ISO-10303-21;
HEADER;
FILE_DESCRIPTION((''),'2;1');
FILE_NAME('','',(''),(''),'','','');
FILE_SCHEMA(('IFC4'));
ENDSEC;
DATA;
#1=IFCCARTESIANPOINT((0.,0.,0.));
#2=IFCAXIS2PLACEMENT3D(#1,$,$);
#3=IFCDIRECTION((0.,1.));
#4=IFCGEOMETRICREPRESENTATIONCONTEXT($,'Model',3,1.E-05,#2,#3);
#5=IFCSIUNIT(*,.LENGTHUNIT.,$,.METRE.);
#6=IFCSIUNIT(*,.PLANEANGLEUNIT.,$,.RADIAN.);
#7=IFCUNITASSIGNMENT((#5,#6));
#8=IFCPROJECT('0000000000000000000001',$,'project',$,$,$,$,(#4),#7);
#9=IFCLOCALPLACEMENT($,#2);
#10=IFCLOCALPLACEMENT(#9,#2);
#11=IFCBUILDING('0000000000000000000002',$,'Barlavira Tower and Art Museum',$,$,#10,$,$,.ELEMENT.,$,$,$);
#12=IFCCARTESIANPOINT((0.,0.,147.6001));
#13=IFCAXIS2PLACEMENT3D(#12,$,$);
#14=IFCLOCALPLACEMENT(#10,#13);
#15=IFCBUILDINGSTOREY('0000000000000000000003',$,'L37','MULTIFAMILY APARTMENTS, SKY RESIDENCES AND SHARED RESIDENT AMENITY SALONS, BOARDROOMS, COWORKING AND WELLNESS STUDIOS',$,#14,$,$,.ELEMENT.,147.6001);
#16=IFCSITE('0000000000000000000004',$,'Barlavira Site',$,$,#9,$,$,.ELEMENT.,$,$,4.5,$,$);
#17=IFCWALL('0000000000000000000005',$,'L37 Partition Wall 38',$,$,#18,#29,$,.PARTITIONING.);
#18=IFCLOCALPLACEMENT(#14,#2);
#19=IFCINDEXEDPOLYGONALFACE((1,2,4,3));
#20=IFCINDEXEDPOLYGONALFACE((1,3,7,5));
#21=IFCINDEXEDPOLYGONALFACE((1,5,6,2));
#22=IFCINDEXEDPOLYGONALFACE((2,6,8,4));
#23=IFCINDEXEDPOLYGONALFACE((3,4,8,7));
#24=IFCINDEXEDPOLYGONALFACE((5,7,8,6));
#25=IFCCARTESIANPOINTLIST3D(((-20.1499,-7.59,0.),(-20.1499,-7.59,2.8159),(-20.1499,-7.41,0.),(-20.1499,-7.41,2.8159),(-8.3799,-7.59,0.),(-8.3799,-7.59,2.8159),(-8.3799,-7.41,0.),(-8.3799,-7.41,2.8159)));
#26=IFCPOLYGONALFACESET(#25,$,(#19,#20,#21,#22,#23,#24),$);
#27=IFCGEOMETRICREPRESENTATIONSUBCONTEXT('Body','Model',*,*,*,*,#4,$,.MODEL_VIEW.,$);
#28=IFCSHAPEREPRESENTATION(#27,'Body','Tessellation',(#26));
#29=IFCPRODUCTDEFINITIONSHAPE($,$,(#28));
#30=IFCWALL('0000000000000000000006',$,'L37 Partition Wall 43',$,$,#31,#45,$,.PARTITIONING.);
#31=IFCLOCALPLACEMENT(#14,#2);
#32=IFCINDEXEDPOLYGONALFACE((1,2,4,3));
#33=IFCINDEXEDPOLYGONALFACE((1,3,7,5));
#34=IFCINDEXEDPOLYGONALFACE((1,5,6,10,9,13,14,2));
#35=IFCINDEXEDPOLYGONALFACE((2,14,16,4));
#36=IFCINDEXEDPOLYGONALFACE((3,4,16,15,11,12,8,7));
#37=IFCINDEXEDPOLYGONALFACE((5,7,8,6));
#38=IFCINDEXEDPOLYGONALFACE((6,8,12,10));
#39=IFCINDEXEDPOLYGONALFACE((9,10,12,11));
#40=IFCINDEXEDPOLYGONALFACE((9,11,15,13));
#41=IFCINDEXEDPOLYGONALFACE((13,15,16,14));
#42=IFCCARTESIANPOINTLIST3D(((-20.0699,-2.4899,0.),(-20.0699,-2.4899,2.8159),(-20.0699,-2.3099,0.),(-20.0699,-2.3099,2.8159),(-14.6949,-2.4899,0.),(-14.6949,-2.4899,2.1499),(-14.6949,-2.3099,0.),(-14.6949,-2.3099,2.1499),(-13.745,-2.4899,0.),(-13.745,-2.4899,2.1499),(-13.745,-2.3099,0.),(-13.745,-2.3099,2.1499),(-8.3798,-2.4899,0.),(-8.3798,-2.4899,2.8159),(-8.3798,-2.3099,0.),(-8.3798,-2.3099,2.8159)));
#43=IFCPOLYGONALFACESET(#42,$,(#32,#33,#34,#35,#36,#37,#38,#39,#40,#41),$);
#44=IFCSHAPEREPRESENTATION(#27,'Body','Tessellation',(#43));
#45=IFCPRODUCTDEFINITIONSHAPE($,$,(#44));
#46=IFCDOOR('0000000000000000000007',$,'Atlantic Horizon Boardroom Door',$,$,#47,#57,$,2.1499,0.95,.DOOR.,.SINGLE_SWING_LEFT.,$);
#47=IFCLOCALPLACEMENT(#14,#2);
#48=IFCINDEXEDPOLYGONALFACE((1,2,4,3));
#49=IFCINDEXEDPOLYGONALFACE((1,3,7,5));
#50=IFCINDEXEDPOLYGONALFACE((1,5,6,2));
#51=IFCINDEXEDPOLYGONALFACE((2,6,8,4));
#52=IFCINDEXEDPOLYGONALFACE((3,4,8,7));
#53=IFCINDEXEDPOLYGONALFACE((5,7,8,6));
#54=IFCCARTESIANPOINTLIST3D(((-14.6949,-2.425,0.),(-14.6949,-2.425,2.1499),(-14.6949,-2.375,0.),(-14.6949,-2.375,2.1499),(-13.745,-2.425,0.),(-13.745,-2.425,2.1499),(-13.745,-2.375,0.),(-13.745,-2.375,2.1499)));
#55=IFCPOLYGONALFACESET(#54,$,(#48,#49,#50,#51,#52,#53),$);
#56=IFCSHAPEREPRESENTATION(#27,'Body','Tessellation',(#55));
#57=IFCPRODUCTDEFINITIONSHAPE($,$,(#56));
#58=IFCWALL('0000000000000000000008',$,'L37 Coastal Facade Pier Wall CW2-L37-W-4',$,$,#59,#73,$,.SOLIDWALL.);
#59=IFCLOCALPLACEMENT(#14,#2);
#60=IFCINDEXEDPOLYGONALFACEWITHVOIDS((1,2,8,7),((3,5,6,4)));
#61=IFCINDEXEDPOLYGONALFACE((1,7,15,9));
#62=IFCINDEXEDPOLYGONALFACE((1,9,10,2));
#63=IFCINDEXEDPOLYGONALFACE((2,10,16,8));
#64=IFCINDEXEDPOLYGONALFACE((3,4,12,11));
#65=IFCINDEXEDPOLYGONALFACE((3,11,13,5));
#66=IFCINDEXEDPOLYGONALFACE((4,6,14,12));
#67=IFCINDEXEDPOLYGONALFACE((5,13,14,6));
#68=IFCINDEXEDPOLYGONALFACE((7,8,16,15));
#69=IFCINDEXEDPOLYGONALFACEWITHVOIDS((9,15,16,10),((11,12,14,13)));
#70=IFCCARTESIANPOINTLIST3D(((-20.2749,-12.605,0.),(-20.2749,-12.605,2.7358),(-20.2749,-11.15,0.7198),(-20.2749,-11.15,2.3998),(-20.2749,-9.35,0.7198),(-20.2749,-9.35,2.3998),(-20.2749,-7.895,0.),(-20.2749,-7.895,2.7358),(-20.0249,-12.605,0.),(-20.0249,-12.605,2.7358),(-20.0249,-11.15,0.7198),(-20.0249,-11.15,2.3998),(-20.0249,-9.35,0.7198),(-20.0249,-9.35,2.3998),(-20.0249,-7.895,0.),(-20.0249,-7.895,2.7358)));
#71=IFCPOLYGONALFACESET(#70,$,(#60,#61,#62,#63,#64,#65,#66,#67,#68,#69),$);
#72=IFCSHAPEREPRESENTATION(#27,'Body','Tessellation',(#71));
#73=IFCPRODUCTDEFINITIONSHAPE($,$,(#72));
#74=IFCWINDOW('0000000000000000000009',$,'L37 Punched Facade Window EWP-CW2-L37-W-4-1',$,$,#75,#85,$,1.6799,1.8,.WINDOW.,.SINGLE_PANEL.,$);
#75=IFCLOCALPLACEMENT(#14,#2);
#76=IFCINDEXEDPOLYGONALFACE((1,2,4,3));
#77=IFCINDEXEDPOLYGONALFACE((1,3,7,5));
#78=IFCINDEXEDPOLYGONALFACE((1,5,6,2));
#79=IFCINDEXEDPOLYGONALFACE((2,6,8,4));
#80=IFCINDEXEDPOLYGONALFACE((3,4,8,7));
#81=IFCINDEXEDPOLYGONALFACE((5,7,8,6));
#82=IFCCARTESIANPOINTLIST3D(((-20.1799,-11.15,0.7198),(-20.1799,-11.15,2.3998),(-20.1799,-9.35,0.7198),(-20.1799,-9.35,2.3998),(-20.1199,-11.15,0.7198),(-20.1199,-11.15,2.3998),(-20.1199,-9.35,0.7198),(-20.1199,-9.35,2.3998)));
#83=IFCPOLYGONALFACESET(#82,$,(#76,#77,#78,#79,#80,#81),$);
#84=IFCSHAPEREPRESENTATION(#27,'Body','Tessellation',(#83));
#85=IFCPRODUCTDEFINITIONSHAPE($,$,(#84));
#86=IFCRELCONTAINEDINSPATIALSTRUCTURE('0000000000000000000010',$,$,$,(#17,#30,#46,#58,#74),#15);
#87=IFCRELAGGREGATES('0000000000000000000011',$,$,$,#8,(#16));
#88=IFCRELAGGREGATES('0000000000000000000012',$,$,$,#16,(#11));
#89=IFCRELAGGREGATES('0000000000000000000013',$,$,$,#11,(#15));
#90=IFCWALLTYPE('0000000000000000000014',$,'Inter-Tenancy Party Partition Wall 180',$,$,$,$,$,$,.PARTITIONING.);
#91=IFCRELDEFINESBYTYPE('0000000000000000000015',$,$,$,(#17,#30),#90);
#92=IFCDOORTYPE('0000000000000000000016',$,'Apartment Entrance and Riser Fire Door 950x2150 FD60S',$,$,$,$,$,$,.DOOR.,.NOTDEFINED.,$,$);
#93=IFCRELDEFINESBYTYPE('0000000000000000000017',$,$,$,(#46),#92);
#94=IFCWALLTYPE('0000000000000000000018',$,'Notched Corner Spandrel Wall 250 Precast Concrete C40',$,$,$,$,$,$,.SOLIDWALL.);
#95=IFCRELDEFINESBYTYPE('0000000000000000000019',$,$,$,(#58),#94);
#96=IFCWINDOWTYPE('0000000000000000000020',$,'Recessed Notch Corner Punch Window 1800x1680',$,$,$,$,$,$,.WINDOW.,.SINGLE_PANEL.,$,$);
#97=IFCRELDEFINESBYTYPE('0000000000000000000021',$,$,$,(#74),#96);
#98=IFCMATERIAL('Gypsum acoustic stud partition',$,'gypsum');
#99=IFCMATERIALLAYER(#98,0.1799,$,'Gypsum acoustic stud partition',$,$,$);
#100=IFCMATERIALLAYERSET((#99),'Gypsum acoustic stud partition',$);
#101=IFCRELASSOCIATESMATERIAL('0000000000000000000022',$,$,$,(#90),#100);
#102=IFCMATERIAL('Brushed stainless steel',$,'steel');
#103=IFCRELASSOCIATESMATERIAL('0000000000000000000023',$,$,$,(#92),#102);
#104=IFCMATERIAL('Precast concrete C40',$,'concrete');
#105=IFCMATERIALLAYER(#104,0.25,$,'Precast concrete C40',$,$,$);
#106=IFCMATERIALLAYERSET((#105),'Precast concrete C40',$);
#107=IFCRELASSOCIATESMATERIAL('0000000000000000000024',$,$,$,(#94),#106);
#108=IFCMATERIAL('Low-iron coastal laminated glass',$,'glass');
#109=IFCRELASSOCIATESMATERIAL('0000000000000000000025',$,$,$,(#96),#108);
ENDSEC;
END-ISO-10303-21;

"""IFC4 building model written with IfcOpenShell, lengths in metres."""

from ifc_helpers import new_model, si_unit, direction, frame, frame_2d, origin, place, context, subcontext, project, spatial, rectangle, extrude, material, layer, layer_set, type_object, element, fill, save


model = new_model("IFC4")

# Units and contexts
model_context = context("Model", 3, precision=1e-05, world=origin(), true_north=direction((0.0, 1.0)))
body_context = subcontext(model_context, "Body", "Model", "MODEL_VIEW")
ifc_project = project(units=[si_unit("LENGTHUNIT", "METRE"), si_unit("PLANEANGLEUNIT", "RADIAN")], contexts=[model_context])

# Site, building, storey
site_placement = place(None, origin())
site = spatial("IfcSite", under=ifc_project, at=site_placement, Name="Barlavira Site", CompositionType="ELEMENT", RefElevation=4.5)
building_placement = place(site_placement, origin())
building = spatial("IfcBuilding", under=site, at=building_placement, Name="Barlavira Tower and Art Museum", CompositionType="ELEMENT")
storey_placement = place(building_placement, frame((0.0, 0.0, 147.6001)))
storey = spatial("IfcBuildingStorey", under=building, at=storey_placement, Name="L37", Description="MULTIFAMILY APARTMENTS, SKY RESIDENCES AND SHARED RESIDENT AMENITY SALONS, BOARDROOMS, COWORKING AND WELLNESS STUDIOS", CompositionType="ELEMENT", Elevation=147.6001)

# Shared definitions
ifc_material_1 = material(Name="Low-iron coastal laminated glass", Category="glass")

# Shared definitions
ifc_material_2 = material(Name="Gypsum acoustic stud partition", Category="gypsum")
ifc_layer_1 = layer(ifc_material_2, 0.1799, Name="Gypsum acoustic stud partition")
ifc_layer_set_1 = layer_set([ifc_layer_1], Name="Gypsum acoustic stud partition")
wall_type_1 = type_object("IfcWallType", Name="Inter-Tenancy Party Partition Wall 180", PredefinedType="PARTITIONING", material=ifc_layer_set_1)
ifc_material_3 = material(Name="Brushed stainless steel", Category="steel")
door_type = type_object("IfcDoorType", Name="Apartment Entrance and Riser Fire Door 950x2150 FD60S", OperationType="NOTDEFINED", PredefinedType="DOOR", material=ifc_material_3)

# Wall
wall_1_placement = place(storey_placement, frame((-20.1499, -7.5, 0.0), z_axis=(0.0, 0.0, 1.0), x_axis=(1.0, 0.0, 0.0)))
element("IfcWall", 1, at=wall_1_placement, inside=storey, type_object=wall_type_1, Name="L37 Partition Wall 38", PredefinedType="PARTITIONING", context=body_context, shape_type="SweptSolid", body=[
    extrude(rectangle(XDim=11.77, YDim=0.1799, at=frame_2d((5.885, 0.0))), origin(), (0.0, 0.0, 1.0), 2.8159),
])

# Wall, opening, door
wall_2_placement = place(storey_placement, frame((-20.0701, -2.3999, 0.0), z_axis=(0.0, 0.0, 1.0), x_axis=(1.0, 0.0, 0.0)))
wall_2 = element("IfcWall", 2, at=wall_2_placement, inside=storey, type_object=wall_type_1, Name="L37 Partition Wall 43", PredefinedType="PARTITIONING", context=body_context, shape_type="SweptSolid", body=[
    extrude(rectangle(XDim=11.6902, YDim=0.1799, at=frame_2d((5.8452, 0.0))), origin(), (0.0, 0.0, 1.0), 2.8159),
])
opening_1_placement = place(wall_2_placement, frame((5.375, 0.0, 0.0)))
opening_1 = element("IfcOpeningElement", 3, at=opening_1_placement, cuts=wall_2, PredefinedType="OPENING", context=body_context, shape_type="SweptSolid", body=[
    extrude(rectangle(XDim=0.95, YDim=2.1499, at=frame_2d((0.4751, 1.075))), frame((0.0, 0.1001, 0.0), z_axis=(0.0, -1.0, 0.0), x_axis=(1.0, 0.0, 0.0)), (0.0, 0.0, 1.0), 0.2),
])
door_1_placement = place(opening_1_placement, origin())
door_1 = element("IfcDoor", 4, at=door_1_placement, inside=storey, type_object=door_type, Name="Atlantic Horizon Boardroom Door", OperationType="SINGLE_SWING_LEFT", OverallHeight=2.1499, OverallWidth=0.95, PredefinedType="DOOR", context=body_context, shape_type="SweptSolid", body=[
    extrude(rectangle(XDim=0.95, YDim=2.1499, at=frame_2d((0.4751, 1.075))), frame((0.0, 0.0249, 0.0), z_axis=(0.0, -1.0, 0.0), x_axis=(1.0, 0.0, 0.0)), (0.0, 0.0, 1.0), 0.05),
])
fill(opening_1, door_1)

# Wall, opening, window
ifc_material_4 = material(Name="Precast concrete C40", Category="concrete")
ifc_layer_2 = layer(ifc_material_4, 0.25, Name="Precast concrete C40")
ifc_layer_set_2 = layer_set([ifc_layer_2], Name="Precast concrete C40")
wall_type_2 = type_object("IfcWallType", Name="Notched Corner Spandrel Wall 250 Precast Concrete C40", PredefinedType="SOLIDWALL", material=ifc_layer_set_2)
wall_3_placement = place(storey_placement, frame((-20.1499, -7.895, 0.0), z_axis=(0.0, 0.0, 1.0), x_axis=(0.0, -1.0, 0.0)))
wall_3 = element("IfcWall", 5, at=wall_3_placement, inside=storey, type_object=wall_type_2, Name="L37 Coastal Facade Pier Wall CW2-L37-W-4", PredefinedType="SOLIDWALL", context=body_context, shape_type="SweptSolid", body=[
    extrude(rectangle(XDim=4.71, YDim=0.25, at=frame_2d((2.355, 0.0))), origin(), (0.0, 0.0, 1.0), 2.7358),
])
opening_2_placement = place(wall_3_placement, frame((1.4551, 0.0, 0.72)))
opening_2 = element("IfcOpeningElement", 6, at=opening_2_placement, cuts=wall_3, PredefinedType="OPENING", context=body_context, shape_type="SweptSolid", body=[
    extrude(rectangle(XDim=1.8, YDim=1.6799, at=frame_2d((0.8999, 0.8398))), frame((0.0, 0.135, 0.0), z_axis=(0.0, -1.0, 0.0), x_axis=(1.0, 0.0, 0.0)), (0.0, 0.0, 1.0), 0.27),
])
window_type = type_object("IfcWindowType", Name="Recessed Notch Corner Punch Window 1800x1680", PartitioningType="SINGLE_PANEL", PredefinedType="WINDOW", material=ifc_material_1)
window_placement = place(opening_2_placement, origin())
window = element("IfcWindow", 7, at=window_placement, inside=storey, type_object=window_type, Name="L37 Punched Facade Window EWP-CW2-L37-W-4-1", OverallHeight=1.6799, OverallWidth=1.8, PartitioningType="SINGLE_PANEL", PredefinedType="WINDOW", context=body_context, shape_type="SweptSolid", body=[
    extrude(rectangle(XDim=1.8, YDim=1.6799, at=frame_2d((0.8999, 0.8398))), frame((0.0, 0.03, 0.0), z_axis=(0.0, -1.0, 0.0), x_axis=(1.0, 0.0, 0.0)), (0.0, 0.0, 1.0), 0.0601),
])
fill(opening_2, window)

save(model, "model.ifc")
